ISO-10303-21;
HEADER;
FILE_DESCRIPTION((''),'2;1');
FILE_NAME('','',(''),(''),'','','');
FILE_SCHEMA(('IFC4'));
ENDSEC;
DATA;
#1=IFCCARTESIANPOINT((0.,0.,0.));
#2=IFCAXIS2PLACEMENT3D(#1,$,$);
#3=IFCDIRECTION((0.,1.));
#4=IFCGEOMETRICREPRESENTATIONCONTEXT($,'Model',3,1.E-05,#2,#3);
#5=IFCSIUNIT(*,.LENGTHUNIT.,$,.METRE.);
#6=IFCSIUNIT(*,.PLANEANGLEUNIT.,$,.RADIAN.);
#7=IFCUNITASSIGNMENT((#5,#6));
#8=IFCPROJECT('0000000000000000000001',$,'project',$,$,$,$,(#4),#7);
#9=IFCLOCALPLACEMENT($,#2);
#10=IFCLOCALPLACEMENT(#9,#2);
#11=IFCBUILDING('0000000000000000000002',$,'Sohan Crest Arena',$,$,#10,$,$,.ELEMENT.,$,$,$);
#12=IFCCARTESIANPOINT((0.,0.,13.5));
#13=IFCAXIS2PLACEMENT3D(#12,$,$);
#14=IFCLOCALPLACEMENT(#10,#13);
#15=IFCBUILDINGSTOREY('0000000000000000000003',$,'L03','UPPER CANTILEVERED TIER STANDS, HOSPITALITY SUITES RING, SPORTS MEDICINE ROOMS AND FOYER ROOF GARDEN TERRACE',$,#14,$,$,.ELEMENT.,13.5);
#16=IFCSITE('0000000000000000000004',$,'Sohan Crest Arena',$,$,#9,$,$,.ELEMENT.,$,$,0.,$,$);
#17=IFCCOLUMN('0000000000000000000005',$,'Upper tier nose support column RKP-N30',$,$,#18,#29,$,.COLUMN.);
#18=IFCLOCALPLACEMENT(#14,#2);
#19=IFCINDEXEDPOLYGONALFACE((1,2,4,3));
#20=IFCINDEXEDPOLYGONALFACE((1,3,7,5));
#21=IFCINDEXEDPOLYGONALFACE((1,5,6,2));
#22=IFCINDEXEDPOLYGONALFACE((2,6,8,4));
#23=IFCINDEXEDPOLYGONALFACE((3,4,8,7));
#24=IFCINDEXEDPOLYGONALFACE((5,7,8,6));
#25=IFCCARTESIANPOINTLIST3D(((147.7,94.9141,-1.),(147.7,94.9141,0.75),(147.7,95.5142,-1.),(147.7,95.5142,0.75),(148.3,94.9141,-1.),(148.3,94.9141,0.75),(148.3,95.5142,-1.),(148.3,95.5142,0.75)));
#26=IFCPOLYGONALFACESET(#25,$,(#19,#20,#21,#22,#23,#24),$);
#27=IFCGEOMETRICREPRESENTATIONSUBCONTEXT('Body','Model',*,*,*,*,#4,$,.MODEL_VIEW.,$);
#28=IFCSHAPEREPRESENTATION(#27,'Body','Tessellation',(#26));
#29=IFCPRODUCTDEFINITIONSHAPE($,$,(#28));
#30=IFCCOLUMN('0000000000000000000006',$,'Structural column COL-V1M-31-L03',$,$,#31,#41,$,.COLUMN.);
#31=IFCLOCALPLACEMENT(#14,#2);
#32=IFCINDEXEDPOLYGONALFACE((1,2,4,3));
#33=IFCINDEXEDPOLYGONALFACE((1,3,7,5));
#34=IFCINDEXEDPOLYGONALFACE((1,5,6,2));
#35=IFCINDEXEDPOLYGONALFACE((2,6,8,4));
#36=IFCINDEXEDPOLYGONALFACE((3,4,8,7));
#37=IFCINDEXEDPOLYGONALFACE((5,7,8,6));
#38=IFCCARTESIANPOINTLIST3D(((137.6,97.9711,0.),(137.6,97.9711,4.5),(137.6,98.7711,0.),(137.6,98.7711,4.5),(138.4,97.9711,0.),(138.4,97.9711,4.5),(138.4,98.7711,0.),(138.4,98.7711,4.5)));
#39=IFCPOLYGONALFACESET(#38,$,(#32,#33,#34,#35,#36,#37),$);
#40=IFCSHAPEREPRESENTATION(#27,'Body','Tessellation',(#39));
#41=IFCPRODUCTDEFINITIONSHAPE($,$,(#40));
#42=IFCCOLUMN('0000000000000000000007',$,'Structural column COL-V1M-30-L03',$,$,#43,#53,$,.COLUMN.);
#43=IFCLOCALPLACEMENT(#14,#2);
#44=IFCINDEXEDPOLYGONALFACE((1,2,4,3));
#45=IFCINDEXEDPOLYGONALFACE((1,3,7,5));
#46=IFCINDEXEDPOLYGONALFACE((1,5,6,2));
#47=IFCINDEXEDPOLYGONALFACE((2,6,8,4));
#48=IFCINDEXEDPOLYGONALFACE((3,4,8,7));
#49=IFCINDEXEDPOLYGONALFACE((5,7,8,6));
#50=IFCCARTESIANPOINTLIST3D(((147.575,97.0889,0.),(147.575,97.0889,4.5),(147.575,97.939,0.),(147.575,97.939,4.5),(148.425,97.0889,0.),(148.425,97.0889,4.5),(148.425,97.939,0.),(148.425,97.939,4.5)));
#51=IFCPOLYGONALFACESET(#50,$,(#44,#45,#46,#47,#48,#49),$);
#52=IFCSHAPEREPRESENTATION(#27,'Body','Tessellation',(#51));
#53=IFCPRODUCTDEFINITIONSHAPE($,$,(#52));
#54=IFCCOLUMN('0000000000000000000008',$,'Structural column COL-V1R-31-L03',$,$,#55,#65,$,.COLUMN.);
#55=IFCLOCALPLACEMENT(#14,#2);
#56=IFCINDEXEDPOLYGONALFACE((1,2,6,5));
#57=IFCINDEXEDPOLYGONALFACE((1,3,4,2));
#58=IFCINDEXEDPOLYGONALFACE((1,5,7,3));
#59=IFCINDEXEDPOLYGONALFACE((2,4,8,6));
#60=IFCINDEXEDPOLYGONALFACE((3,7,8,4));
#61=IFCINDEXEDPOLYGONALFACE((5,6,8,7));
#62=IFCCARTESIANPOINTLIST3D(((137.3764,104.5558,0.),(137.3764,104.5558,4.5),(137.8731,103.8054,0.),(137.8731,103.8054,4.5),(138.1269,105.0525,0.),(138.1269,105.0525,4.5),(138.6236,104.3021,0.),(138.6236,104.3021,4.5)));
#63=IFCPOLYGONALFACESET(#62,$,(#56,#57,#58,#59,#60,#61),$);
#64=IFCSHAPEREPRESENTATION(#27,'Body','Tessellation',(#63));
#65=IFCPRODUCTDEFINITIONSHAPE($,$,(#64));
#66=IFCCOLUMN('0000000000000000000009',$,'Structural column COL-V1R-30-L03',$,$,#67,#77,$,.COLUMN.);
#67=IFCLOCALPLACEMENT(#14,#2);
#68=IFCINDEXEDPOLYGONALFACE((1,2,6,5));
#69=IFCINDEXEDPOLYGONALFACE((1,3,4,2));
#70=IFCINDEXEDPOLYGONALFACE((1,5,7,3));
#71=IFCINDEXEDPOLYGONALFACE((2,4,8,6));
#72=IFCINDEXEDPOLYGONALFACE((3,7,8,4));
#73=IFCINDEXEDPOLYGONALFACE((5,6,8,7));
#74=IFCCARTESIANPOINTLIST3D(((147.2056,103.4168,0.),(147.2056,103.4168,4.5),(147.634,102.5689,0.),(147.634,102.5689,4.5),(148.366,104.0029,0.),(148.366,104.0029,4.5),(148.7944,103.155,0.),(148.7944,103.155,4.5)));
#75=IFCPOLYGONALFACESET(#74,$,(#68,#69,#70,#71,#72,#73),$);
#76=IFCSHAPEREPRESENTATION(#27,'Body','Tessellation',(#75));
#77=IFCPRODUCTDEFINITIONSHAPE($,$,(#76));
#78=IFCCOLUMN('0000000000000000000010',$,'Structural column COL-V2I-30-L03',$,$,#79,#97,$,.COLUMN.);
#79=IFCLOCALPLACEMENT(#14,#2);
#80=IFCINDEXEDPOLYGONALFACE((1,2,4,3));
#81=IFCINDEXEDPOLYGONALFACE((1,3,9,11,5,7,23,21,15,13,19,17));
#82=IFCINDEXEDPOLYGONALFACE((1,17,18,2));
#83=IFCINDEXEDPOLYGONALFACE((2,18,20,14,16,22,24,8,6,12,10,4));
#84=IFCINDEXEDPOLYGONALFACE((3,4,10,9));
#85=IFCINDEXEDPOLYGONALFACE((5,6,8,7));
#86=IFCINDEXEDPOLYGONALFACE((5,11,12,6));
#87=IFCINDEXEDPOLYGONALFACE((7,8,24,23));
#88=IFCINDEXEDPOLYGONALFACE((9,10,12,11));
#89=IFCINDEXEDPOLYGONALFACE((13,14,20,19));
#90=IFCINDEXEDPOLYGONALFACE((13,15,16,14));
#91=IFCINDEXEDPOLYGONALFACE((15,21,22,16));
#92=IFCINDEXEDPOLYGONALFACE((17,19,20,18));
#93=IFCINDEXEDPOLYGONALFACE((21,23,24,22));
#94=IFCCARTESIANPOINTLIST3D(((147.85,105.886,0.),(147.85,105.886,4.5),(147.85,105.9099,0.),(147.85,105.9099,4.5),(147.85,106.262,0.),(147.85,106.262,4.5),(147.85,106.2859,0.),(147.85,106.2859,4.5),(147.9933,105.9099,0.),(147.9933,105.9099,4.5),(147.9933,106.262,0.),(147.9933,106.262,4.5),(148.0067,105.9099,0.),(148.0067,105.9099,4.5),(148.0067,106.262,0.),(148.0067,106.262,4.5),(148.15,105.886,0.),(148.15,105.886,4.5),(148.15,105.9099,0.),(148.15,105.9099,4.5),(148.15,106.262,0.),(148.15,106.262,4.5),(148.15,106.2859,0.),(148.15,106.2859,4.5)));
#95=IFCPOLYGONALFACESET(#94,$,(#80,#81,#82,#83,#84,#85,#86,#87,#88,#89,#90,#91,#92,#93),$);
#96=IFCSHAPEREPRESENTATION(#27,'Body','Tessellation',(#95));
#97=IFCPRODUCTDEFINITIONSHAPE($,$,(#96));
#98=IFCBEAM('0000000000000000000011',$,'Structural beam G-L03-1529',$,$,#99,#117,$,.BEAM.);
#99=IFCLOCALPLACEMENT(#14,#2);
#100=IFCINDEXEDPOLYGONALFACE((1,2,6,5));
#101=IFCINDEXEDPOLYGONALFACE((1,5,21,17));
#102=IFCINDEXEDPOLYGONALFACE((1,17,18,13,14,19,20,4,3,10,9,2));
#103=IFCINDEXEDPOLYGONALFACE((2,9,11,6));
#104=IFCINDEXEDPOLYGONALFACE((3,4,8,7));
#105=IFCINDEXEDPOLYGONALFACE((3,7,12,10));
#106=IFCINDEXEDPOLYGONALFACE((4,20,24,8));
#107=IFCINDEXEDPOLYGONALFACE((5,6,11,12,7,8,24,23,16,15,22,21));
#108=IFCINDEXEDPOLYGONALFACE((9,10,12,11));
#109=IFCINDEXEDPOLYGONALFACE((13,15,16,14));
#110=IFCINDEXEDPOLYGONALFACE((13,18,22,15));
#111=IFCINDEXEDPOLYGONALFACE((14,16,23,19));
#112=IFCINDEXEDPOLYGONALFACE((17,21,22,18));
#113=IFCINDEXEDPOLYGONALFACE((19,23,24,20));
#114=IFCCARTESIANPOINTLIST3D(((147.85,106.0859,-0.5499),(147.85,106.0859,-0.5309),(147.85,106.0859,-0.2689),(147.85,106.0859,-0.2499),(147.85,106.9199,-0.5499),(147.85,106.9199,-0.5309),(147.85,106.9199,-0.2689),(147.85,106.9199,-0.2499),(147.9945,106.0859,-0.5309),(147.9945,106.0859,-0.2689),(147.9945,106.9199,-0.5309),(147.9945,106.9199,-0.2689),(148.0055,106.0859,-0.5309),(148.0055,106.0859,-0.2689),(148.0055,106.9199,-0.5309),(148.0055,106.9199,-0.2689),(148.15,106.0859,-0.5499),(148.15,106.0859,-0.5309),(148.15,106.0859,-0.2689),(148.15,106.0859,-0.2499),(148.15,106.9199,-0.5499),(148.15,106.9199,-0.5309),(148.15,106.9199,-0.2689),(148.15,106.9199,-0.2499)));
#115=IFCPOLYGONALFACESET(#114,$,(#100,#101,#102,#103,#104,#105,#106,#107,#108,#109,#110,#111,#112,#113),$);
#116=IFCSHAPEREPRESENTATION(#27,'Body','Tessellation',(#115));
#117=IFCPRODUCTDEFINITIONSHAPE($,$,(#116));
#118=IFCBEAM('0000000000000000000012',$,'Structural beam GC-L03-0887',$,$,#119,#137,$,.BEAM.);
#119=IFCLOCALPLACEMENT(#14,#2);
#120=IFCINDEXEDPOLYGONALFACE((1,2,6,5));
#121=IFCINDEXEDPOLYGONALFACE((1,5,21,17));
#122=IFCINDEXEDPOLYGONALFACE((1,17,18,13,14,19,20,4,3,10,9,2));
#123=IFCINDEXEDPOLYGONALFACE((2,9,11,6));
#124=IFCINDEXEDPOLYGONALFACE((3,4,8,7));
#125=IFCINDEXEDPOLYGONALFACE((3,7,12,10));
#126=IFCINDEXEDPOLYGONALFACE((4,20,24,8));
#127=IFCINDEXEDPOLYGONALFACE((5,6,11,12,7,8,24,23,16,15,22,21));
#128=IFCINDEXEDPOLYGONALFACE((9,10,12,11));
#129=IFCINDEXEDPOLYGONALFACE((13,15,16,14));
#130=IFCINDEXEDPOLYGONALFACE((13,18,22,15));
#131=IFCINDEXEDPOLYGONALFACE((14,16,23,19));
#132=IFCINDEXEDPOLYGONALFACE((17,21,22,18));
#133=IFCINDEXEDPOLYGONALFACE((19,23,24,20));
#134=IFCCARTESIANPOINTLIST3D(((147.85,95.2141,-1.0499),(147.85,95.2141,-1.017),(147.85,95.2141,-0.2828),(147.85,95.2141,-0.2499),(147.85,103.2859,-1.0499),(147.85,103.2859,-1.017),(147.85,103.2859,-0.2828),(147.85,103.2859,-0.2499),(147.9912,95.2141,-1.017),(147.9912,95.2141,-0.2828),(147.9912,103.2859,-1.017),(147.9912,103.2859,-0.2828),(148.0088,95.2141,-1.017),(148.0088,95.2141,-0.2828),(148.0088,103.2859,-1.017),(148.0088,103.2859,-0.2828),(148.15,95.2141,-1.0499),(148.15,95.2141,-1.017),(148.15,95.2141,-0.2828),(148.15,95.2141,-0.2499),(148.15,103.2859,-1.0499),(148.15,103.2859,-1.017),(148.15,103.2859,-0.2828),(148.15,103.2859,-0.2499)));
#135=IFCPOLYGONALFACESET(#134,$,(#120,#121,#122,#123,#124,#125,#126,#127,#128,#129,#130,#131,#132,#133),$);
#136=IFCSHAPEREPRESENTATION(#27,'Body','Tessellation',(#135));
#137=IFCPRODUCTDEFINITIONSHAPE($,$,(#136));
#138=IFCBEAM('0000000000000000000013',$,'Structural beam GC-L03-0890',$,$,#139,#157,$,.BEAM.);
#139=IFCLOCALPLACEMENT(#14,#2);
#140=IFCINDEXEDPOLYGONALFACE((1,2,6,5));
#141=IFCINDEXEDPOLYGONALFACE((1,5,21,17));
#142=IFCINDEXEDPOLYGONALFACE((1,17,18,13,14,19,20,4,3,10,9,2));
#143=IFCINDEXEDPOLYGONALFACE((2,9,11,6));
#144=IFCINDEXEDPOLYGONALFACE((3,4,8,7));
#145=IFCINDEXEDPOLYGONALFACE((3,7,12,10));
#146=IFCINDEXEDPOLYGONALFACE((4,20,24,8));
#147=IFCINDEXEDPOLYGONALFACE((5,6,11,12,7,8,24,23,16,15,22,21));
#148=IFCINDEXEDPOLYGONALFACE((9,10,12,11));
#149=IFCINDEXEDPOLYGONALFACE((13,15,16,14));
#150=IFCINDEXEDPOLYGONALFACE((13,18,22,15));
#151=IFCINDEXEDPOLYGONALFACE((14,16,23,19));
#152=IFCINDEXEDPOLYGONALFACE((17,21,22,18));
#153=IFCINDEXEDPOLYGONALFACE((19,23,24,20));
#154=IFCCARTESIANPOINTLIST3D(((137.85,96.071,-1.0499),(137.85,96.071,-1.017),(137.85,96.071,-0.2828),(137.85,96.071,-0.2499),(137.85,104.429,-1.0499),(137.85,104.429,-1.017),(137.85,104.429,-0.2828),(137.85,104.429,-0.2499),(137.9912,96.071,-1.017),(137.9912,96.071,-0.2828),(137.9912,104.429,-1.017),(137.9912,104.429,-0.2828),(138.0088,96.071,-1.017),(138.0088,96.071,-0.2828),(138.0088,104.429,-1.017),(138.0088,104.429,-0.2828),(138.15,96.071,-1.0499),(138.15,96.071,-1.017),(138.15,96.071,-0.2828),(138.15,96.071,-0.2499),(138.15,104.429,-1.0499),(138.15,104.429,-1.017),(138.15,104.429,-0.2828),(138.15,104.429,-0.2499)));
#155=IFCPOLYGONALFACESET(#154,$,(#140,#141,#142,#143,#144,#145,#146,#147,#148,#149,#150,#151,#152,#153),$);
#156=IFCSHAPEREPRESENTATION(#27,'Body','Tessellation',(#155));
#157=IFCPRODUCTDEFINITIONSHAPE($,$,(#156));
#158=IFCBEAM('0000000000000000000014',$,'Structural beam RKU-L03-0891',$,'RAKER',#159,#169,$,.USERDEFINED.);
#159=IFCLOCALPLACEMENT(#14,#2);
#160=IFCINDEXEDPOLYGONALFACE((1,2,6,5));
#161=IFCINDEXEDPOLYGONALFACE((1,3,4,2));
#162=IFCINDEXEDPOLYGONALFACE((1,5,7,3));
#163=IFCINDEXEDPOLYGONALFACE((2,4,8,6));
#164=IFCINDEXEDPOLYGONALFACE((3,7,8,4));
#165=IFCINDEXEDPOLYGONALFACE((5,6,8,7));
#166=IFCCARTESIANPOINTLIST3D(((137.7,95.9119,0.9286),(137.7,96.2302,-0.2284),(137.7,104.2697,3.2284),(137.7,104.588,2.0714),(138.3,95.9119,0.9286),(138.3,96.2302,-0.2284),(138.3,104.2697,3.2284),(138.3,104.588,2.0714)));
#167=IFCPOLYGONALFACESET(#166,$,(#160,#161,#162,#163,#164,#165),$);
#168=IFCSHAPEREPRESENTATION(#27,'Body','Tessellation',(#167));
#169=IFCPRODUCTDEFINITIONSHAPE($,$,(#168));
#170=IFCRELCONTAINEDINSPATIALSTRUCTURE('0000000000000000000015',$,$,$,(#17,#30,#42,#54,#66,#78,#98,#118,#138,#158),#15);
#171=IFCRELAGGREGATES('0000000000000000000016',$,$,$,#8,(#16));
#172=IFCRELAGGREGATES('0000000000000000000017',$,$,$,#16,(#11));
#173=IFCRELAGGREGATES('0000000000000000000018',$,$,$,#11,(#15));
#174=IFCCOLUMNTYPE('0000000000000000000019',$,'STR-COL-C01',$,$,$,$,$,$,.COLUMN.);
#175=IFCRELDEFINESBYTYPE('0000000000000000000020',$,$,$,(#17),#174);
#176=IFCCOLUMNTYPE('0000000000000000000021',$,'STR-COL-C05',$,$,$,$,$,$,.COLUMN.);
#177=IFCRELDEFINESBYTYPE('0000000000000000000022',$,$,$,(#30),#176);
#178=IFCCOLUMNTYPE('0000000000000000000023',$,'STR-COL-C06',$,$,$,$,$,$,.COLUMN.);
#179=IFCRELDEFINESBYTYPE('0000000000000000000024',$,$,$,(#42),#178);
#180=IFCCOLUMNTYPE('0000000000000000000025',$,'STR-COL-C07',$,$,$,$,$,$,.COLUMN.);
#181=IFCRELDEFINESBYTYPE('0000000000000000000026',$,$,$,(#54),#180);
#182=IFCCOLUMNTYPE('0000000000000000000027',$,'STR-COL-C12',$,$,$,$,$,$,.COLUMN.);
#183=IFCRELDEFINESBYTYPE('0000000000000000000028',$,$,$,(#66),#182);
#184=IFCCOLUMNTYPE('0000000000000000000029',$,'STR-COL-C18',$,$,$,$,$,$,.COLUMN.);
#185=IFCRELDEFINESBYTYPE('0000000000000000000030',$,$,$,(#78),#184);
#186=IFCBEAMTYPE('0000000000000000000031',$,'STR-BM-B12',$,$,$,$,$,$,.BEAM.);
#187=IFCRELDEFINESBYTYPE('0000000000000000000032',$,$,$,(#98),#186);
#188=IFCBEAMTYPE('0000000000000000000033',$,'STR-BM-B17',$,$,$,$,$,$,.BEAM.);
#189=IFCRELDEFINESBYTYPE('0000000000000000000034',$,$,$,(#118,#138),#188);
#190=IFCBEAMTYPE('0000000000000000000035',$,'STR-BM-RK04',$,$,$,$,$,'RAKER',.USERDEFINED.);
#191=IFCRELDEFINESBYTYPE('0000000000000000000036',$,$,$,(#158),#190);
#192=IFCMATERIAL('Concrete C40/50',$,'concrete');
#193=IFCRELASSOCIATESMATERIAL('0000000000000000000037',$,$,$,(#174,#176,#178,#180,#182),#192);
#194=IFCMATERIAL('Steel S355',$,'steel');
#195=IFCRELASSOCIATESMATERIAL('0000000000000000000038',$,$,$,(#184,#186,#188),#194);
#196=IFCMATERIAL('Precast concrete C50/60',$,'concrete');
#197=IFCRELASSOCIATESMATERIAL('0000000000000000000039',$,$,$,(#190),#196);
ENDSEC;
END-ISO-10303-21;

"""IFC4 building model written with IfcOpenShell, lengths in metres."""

from ifc_helpers import new_model, si_unit, direction, frame, origin, origin_2d, place, context, subcontext, project, spatial, rectangle, i_section, extrude, material, material_profile, profile_set, type_object, element, save


model = new_model("IFC4")

# Units and contexts
model_context = context("Model", 3, precision=1e-05, world=origin(), true_north=direction((0.0, 1.0)))
body_context = subcontext(model_context, "Body", "Model", "MODEL_VIEW")
ifc_project = project(units=[si_unit("LENGTHUNIT", "METRE"), si_unit("PLANEANGLEUNIT", "RADIAN")], contexts=[model_context])

# Site, building, storey
site_placement = place(None, origin())
site = spatial("IfcSite", under=ifc_project, at=site_placement, Name="Sohan Crest Arena", CompositionType="ELEMENT", RefElevation=0.0)
building_placement = place(site_placement, origin())
building = spatial("IfcBuilding", under=site, at=building_placement, Name="Sohan Crest Arena", CompositionType="ELEMENT")
storey_placement = place(building_placement, frame((0.0, 0.0, 13.5)))
storey = spatial("IfcBuildingStorey", under=building, at=storey_placement, Name="L03", Description="UPPER CANTILEVERED TIER STANDS, HOSPITALITY SUITES RING, SPORTS MEDICINE ROOMS AND FOYER ROOF GARDEN TERRACE", CompositionType="ELEMENT", Elevation=13.5)

# Columns
ifc_material_1 = material(Name="Concrete C40/50", Category="concrete")
ifc_material_profile_1 = material_profile(ifc_material_1, rectangle(XDim=0.6001, YDim=0.6001, at=origin_2d()), Name="RC 600x600")
ifc_profile_set_1 = profile_set([ifc_material_profile_1], Name="Concrete C40/50")
column_type_1 = type_object("IfcColumnType", Name="STR-COL-C01", PredefinedType="COLUMN", material=ifc_profile_set_1)
column_1_placement = place(storey_placement, frame((148.0, 95.2141, -1.0), z_axis=(0.0, 0.0, 1.0), x_axis=(1.0, 0.0, 0.0)))
element("IfcColumn", 1, at=column_1_placement, inside=storey, type_object=column_type_1, Name="Upper tier nose support column RKP-N30", PredefinedType="COLUMN", context=body_context, shape_type="SweptSolid", body=[
    extrude(rectangle(XDim=0.6001, YDim=0.6001, at=origin_2d()), origin(), (0.0, 0.0, 1.0), 1.75),
])
ifc_material_profile_2 = material_profile(ifc_material_1, rectangle(XDim=0.8, YDim=0.8, at=origin_2d()), Name="RC 800x800")
ifc_profile_set_2 = profile_set([ifc_material_profile_2], Name="Concrete C40/50")
column_type_2 = type_object("IfcColumnType", Name="STR-COL-C05", PredefinedType="COLUMN", material=ifc_profile_set_2)
column_2_placement = place(storey_placement, frame((138.0, 98.3711, 0.0), z_axis=(0.0, 0.0, 1.0), x_axis=(1.0, 0.0, 0.0)))
element("IfcColumn", 2, at=column_2_placement, inside=storey, type_object=column_type_2, Name="Structural column COL-V1M-31-L03", PredefinedType="COLUMN", context=body_context, shape_type="SweptSolid", body=[
    extrude(rectangle(XDim=0.8, YDim=0.8, at=origin_2d()), origin(), (0.0, 0.0, 1.0), 4.5),
])
ifc_material_profile_3 = material_profile(ifc_material_1, rectangle(XDim=0.8501, YDim=0.8501, at=origin_2d()), Name="RC 850x850")
ifc_profile_set_3 = profile_set([ifc_material_profile_3], Name="Concrete C40/50")
column_type_3 = type_object("IfcColumnType", Name="STR-COL-C06", PredefinedType="COLUMN", material=ifc_profile_set_3)
column_3_placement = place(storey_placement, frame((148.0, 97.5139, 0.0), z_axis=(0.0, 0.0, 1.0), x_axis=(1.0, 0.0, 0.0)))
element("IfcColumn", 3, at=column_3_placement, inside=storey, type_object=column_type_3, Name="Structural column COL-V1M-30-L03", PredefinedType="COLUMN", context=body_context, shape_type="SweptSolid", body=[
    extrude(rectangle(XDim=0.8501, YDim=0.8501, at=origin_2d()), origin(), (0.0, 0.0, 1.0), 4.5),
])
ifc_material_profile_4 = material_profile(ifc_material_1, rectangle(XDim=0.8999, YDim=0.8999, at=origin_2d()), Name="RC 900x900")
ifc_profile_set_4 = profile_set([ifc_material_profile_4], Name="Concrete C40/50")
column_type_4 = type_object("IfcColumnType", Name="STR-COL-C07", PredefinedType="COLUMN", material=ifc_profile_set_4)
column_4_placement = place(storey_placement, frame((138.0, 104.429, 0.0), z_axis=(0.0, 0.0, 1.0), x_axis=(0.833886, 0.551937, 0.0)))
element("IfcColumn", 4, at=column_4_placement, inside=storey, type_object=column_type_4, Name="Structural column COL-V1R-31-L03", PredefinedType="COLUMN", context=body_context, shape_type="SweptSolid", body=[
    extrude(rectangle(XDim=0.8999, YDim=0.8999, at=origin_2d()), origin(), (0.0, 0.0, 1.0), 4.5),
])
ifc_material_profile_5 = material_profile(ifc_material_1, rectangle(XDim=1.3, YDim=0.95, at=origin_2d()), Name="RC 1300x950")
ifc_profile_set_5 = profile_set([ifc_material_profile_5], Name="Concrete C40/50")
column_type_5 = type_object("IfcColumnType", Name="STR-COL-C12", PredefinedType="COLUMN", material=ifc_profile_set_5)
column_5_placement = place(storey_placement, frame((148.0, 103.2859, 0.0), z_axis=(0.0, 0.0, 1.0), x_axis=(0.892586, 0.450878, 0.0)))
element("IfcColumn", 5, at=column_5_placement, inside=storey, type_object=column_type_5, Name="Structural column COL-V1R-30-L03", PredefinedType="COLUMN", context=body_context, shape_type="SweptSolid", body=[
    extrude(rectangle(XDim=1.3, YDim=0.95, at=origin_2d()), origin(), (0.0, 0.0, 1.0), 4.5),
])
ifc_material_2 = material(Name="Steel S355", Category="steel")
ifc_material_profile_6 = material_profile(ifc_material_2, i_section(OverallWidth=0.3, OverallDepth=0.3999, WebThickness=0.0134, FlangeThickness=0.0239, at=origin_2d()), Name="HEB 400")
ifc_profile_set_6 = profile_set([ifc_material_profile_6], Name="Steel S355")
column_type_6 = type_object("IfcColumnType", Name="STR-COL-C18", PredefinedType="COLUMN", material=ifc_profile_set_6)
column_6_placement = place(storey_placement, frame((148.0, 106.0859, 0.0), z_axis=(0.0, 0.0, 1.0), x_axis=(1.0, 0.0, 0.0)))
element("IfcColumn", 6, at=column_6_placement, inside=storey, type_object=column_type_6, Name="Structural column COL-V2I-30-L03", PredefinedType="COLUMN", context=body_context, shape_type="SweptSolid", body=[
    extrude(i_section(OverallWidth=0.3, OverallDepth=0.3999, WebThickness=0.0134, FlangeThickness=0.0239, at=origin_2d()), origin(), (0.0, 0.0, 1.0), 4.5),
])

# Beams
ifc_material_profile_7 = material_profile(ifc_material_2, i_section(OverallWidth=0.3, OverallDepth=0.3, WebThickness=0.011, FlangeThickness=0.019, at=origin_2d()), Name="HEB 300")
ifc_profile_set_7 = profile_set([ifc_material_profile_7], Name="Steel S355")
beam_type_1 = type_object("IfcBeamType", Name="STR-BM-B12", PredefinedType="BEAM", material=ifc_profile_set_7)
beam_1_placement = place(storey_placement, frame((148.0, 106.0859, -0.3999), z_axis=(0.0, 1.0, 0.0), x_axis=(-1.0, 0.0, 0.0)))
element("IfcBeam", 7, at=beam_1_placement, inside=storey, type_object=beam_type_1, Name="Structural beam G-L03-1529", PredefinedType="BEAM", context=body_context, shape_type="SweptSolid", body=[
    extrude(i_section(OverallWidth=0.3, OverallDepth=0.3, WebThickness=0.011, FlangeThickness=0.019, at=origin_2d()), origin(), (0.0, 0.0, 1.0), 0.834),
])
ifc_material_profile_8 = material_profile(ifc_material_2, i_section(OverallWidth=0.3, OverallDepth=0.8, WebThickness=0.0176, FlangeThickness=0.033, at=origin_2d()), Name="HEB 800")
ifc_profile_set_8 = profile_set([ifc_material_profile_8], Name="Steel S355")
beam_type_2 = type_object("IfcBeamType", Name="STR-BM-B17", PredefinedType="BEAM", material=ifc_profile_set_8)
beam_2_placement = place(storey_placement, frame((148.0, 103.2859, -0.6499), z_axis=(0.0, -1.0, 0.0), x_axis=(1.0, 0.0, 0.0)))
element("IfcBeam", 8, at=beam_2_placement, inside=storey, type_object=beam_type_2, Name="Structural beam GC-L03-0887", PredefinedType="BEAM", context=body_context, shape_type="SweptSolid", body=[
    extrude(i_section(OverallWidth=0.3, OverallDepth=0.8, WebThickness=0.0176, FlangeThickness=0.033, at=origin_2d()), origin(), (0.0, 0.0, 1.0), 8.0718),
])
beam_3_placement = place(storey_placement, frame((138.0, 104.429, -0.6499), z_axis=(0.0, -1.0, 0.0), x_axis=(1.0, 0.0, 0.0)))
element("IfcBeam", 9, at=beam_3_placement, inside=storey, type_object=beam_type_2, Name="Structural beam GC-L03-0890", PredefinedType="BEAM", context=body_context, shape_type="SweptSolid", body=[
    extrude(i_section(OverallWidth=0.3, OverallDepth=0.8, WebThickness=0.0176, FlangeThickness=0.033, at=origin_2d()), origin(), (0.0, 0.0, 1.0), 8.3579),
])
ifc_material_3 = material(Name="Precast concrete C50/60", Category="concrete")
ifc_material_profile_9 = material_profile(ifc_material_3, rectangle(XDim=0.6001, YDim=1.2, at=origin_2d()), Name="RAKER 600x1200")
ifc_profile_set_9 = profile_set([ifc_material_profile_9], Name="Precast concrete C50/60")
beam_type_3 = type_object("IfcBeamType", Name="STR-BM-RK04", ElementType="RAKER", PredefinedType="USERDEFINED", material=ifc_profile_set_9)
beam_4_placement = place(storey_placement, frame((138.0, 96.071, 0.3501), z_axis=(0.0, 0.964165, 0.265304), x_axis=(-1.0, 0.0, 0.0)))
element("IfcBeam", 10, at=beam_4_placement, inside=storey, type_object=beam_type_3, Name="Structural beam RKU-L03-0891", ObjectType="RAKER", PredefinedType="USERDEFINED", context=body_context, shape_type="SweptSolid", body=[
    extrude(rectangle(XDim=0.6001, YDim=1.2, at=origin_2d()), origin(), (0.0, 0.0, 1.0), 8.6685),
])

save(model, "model.ifc")
